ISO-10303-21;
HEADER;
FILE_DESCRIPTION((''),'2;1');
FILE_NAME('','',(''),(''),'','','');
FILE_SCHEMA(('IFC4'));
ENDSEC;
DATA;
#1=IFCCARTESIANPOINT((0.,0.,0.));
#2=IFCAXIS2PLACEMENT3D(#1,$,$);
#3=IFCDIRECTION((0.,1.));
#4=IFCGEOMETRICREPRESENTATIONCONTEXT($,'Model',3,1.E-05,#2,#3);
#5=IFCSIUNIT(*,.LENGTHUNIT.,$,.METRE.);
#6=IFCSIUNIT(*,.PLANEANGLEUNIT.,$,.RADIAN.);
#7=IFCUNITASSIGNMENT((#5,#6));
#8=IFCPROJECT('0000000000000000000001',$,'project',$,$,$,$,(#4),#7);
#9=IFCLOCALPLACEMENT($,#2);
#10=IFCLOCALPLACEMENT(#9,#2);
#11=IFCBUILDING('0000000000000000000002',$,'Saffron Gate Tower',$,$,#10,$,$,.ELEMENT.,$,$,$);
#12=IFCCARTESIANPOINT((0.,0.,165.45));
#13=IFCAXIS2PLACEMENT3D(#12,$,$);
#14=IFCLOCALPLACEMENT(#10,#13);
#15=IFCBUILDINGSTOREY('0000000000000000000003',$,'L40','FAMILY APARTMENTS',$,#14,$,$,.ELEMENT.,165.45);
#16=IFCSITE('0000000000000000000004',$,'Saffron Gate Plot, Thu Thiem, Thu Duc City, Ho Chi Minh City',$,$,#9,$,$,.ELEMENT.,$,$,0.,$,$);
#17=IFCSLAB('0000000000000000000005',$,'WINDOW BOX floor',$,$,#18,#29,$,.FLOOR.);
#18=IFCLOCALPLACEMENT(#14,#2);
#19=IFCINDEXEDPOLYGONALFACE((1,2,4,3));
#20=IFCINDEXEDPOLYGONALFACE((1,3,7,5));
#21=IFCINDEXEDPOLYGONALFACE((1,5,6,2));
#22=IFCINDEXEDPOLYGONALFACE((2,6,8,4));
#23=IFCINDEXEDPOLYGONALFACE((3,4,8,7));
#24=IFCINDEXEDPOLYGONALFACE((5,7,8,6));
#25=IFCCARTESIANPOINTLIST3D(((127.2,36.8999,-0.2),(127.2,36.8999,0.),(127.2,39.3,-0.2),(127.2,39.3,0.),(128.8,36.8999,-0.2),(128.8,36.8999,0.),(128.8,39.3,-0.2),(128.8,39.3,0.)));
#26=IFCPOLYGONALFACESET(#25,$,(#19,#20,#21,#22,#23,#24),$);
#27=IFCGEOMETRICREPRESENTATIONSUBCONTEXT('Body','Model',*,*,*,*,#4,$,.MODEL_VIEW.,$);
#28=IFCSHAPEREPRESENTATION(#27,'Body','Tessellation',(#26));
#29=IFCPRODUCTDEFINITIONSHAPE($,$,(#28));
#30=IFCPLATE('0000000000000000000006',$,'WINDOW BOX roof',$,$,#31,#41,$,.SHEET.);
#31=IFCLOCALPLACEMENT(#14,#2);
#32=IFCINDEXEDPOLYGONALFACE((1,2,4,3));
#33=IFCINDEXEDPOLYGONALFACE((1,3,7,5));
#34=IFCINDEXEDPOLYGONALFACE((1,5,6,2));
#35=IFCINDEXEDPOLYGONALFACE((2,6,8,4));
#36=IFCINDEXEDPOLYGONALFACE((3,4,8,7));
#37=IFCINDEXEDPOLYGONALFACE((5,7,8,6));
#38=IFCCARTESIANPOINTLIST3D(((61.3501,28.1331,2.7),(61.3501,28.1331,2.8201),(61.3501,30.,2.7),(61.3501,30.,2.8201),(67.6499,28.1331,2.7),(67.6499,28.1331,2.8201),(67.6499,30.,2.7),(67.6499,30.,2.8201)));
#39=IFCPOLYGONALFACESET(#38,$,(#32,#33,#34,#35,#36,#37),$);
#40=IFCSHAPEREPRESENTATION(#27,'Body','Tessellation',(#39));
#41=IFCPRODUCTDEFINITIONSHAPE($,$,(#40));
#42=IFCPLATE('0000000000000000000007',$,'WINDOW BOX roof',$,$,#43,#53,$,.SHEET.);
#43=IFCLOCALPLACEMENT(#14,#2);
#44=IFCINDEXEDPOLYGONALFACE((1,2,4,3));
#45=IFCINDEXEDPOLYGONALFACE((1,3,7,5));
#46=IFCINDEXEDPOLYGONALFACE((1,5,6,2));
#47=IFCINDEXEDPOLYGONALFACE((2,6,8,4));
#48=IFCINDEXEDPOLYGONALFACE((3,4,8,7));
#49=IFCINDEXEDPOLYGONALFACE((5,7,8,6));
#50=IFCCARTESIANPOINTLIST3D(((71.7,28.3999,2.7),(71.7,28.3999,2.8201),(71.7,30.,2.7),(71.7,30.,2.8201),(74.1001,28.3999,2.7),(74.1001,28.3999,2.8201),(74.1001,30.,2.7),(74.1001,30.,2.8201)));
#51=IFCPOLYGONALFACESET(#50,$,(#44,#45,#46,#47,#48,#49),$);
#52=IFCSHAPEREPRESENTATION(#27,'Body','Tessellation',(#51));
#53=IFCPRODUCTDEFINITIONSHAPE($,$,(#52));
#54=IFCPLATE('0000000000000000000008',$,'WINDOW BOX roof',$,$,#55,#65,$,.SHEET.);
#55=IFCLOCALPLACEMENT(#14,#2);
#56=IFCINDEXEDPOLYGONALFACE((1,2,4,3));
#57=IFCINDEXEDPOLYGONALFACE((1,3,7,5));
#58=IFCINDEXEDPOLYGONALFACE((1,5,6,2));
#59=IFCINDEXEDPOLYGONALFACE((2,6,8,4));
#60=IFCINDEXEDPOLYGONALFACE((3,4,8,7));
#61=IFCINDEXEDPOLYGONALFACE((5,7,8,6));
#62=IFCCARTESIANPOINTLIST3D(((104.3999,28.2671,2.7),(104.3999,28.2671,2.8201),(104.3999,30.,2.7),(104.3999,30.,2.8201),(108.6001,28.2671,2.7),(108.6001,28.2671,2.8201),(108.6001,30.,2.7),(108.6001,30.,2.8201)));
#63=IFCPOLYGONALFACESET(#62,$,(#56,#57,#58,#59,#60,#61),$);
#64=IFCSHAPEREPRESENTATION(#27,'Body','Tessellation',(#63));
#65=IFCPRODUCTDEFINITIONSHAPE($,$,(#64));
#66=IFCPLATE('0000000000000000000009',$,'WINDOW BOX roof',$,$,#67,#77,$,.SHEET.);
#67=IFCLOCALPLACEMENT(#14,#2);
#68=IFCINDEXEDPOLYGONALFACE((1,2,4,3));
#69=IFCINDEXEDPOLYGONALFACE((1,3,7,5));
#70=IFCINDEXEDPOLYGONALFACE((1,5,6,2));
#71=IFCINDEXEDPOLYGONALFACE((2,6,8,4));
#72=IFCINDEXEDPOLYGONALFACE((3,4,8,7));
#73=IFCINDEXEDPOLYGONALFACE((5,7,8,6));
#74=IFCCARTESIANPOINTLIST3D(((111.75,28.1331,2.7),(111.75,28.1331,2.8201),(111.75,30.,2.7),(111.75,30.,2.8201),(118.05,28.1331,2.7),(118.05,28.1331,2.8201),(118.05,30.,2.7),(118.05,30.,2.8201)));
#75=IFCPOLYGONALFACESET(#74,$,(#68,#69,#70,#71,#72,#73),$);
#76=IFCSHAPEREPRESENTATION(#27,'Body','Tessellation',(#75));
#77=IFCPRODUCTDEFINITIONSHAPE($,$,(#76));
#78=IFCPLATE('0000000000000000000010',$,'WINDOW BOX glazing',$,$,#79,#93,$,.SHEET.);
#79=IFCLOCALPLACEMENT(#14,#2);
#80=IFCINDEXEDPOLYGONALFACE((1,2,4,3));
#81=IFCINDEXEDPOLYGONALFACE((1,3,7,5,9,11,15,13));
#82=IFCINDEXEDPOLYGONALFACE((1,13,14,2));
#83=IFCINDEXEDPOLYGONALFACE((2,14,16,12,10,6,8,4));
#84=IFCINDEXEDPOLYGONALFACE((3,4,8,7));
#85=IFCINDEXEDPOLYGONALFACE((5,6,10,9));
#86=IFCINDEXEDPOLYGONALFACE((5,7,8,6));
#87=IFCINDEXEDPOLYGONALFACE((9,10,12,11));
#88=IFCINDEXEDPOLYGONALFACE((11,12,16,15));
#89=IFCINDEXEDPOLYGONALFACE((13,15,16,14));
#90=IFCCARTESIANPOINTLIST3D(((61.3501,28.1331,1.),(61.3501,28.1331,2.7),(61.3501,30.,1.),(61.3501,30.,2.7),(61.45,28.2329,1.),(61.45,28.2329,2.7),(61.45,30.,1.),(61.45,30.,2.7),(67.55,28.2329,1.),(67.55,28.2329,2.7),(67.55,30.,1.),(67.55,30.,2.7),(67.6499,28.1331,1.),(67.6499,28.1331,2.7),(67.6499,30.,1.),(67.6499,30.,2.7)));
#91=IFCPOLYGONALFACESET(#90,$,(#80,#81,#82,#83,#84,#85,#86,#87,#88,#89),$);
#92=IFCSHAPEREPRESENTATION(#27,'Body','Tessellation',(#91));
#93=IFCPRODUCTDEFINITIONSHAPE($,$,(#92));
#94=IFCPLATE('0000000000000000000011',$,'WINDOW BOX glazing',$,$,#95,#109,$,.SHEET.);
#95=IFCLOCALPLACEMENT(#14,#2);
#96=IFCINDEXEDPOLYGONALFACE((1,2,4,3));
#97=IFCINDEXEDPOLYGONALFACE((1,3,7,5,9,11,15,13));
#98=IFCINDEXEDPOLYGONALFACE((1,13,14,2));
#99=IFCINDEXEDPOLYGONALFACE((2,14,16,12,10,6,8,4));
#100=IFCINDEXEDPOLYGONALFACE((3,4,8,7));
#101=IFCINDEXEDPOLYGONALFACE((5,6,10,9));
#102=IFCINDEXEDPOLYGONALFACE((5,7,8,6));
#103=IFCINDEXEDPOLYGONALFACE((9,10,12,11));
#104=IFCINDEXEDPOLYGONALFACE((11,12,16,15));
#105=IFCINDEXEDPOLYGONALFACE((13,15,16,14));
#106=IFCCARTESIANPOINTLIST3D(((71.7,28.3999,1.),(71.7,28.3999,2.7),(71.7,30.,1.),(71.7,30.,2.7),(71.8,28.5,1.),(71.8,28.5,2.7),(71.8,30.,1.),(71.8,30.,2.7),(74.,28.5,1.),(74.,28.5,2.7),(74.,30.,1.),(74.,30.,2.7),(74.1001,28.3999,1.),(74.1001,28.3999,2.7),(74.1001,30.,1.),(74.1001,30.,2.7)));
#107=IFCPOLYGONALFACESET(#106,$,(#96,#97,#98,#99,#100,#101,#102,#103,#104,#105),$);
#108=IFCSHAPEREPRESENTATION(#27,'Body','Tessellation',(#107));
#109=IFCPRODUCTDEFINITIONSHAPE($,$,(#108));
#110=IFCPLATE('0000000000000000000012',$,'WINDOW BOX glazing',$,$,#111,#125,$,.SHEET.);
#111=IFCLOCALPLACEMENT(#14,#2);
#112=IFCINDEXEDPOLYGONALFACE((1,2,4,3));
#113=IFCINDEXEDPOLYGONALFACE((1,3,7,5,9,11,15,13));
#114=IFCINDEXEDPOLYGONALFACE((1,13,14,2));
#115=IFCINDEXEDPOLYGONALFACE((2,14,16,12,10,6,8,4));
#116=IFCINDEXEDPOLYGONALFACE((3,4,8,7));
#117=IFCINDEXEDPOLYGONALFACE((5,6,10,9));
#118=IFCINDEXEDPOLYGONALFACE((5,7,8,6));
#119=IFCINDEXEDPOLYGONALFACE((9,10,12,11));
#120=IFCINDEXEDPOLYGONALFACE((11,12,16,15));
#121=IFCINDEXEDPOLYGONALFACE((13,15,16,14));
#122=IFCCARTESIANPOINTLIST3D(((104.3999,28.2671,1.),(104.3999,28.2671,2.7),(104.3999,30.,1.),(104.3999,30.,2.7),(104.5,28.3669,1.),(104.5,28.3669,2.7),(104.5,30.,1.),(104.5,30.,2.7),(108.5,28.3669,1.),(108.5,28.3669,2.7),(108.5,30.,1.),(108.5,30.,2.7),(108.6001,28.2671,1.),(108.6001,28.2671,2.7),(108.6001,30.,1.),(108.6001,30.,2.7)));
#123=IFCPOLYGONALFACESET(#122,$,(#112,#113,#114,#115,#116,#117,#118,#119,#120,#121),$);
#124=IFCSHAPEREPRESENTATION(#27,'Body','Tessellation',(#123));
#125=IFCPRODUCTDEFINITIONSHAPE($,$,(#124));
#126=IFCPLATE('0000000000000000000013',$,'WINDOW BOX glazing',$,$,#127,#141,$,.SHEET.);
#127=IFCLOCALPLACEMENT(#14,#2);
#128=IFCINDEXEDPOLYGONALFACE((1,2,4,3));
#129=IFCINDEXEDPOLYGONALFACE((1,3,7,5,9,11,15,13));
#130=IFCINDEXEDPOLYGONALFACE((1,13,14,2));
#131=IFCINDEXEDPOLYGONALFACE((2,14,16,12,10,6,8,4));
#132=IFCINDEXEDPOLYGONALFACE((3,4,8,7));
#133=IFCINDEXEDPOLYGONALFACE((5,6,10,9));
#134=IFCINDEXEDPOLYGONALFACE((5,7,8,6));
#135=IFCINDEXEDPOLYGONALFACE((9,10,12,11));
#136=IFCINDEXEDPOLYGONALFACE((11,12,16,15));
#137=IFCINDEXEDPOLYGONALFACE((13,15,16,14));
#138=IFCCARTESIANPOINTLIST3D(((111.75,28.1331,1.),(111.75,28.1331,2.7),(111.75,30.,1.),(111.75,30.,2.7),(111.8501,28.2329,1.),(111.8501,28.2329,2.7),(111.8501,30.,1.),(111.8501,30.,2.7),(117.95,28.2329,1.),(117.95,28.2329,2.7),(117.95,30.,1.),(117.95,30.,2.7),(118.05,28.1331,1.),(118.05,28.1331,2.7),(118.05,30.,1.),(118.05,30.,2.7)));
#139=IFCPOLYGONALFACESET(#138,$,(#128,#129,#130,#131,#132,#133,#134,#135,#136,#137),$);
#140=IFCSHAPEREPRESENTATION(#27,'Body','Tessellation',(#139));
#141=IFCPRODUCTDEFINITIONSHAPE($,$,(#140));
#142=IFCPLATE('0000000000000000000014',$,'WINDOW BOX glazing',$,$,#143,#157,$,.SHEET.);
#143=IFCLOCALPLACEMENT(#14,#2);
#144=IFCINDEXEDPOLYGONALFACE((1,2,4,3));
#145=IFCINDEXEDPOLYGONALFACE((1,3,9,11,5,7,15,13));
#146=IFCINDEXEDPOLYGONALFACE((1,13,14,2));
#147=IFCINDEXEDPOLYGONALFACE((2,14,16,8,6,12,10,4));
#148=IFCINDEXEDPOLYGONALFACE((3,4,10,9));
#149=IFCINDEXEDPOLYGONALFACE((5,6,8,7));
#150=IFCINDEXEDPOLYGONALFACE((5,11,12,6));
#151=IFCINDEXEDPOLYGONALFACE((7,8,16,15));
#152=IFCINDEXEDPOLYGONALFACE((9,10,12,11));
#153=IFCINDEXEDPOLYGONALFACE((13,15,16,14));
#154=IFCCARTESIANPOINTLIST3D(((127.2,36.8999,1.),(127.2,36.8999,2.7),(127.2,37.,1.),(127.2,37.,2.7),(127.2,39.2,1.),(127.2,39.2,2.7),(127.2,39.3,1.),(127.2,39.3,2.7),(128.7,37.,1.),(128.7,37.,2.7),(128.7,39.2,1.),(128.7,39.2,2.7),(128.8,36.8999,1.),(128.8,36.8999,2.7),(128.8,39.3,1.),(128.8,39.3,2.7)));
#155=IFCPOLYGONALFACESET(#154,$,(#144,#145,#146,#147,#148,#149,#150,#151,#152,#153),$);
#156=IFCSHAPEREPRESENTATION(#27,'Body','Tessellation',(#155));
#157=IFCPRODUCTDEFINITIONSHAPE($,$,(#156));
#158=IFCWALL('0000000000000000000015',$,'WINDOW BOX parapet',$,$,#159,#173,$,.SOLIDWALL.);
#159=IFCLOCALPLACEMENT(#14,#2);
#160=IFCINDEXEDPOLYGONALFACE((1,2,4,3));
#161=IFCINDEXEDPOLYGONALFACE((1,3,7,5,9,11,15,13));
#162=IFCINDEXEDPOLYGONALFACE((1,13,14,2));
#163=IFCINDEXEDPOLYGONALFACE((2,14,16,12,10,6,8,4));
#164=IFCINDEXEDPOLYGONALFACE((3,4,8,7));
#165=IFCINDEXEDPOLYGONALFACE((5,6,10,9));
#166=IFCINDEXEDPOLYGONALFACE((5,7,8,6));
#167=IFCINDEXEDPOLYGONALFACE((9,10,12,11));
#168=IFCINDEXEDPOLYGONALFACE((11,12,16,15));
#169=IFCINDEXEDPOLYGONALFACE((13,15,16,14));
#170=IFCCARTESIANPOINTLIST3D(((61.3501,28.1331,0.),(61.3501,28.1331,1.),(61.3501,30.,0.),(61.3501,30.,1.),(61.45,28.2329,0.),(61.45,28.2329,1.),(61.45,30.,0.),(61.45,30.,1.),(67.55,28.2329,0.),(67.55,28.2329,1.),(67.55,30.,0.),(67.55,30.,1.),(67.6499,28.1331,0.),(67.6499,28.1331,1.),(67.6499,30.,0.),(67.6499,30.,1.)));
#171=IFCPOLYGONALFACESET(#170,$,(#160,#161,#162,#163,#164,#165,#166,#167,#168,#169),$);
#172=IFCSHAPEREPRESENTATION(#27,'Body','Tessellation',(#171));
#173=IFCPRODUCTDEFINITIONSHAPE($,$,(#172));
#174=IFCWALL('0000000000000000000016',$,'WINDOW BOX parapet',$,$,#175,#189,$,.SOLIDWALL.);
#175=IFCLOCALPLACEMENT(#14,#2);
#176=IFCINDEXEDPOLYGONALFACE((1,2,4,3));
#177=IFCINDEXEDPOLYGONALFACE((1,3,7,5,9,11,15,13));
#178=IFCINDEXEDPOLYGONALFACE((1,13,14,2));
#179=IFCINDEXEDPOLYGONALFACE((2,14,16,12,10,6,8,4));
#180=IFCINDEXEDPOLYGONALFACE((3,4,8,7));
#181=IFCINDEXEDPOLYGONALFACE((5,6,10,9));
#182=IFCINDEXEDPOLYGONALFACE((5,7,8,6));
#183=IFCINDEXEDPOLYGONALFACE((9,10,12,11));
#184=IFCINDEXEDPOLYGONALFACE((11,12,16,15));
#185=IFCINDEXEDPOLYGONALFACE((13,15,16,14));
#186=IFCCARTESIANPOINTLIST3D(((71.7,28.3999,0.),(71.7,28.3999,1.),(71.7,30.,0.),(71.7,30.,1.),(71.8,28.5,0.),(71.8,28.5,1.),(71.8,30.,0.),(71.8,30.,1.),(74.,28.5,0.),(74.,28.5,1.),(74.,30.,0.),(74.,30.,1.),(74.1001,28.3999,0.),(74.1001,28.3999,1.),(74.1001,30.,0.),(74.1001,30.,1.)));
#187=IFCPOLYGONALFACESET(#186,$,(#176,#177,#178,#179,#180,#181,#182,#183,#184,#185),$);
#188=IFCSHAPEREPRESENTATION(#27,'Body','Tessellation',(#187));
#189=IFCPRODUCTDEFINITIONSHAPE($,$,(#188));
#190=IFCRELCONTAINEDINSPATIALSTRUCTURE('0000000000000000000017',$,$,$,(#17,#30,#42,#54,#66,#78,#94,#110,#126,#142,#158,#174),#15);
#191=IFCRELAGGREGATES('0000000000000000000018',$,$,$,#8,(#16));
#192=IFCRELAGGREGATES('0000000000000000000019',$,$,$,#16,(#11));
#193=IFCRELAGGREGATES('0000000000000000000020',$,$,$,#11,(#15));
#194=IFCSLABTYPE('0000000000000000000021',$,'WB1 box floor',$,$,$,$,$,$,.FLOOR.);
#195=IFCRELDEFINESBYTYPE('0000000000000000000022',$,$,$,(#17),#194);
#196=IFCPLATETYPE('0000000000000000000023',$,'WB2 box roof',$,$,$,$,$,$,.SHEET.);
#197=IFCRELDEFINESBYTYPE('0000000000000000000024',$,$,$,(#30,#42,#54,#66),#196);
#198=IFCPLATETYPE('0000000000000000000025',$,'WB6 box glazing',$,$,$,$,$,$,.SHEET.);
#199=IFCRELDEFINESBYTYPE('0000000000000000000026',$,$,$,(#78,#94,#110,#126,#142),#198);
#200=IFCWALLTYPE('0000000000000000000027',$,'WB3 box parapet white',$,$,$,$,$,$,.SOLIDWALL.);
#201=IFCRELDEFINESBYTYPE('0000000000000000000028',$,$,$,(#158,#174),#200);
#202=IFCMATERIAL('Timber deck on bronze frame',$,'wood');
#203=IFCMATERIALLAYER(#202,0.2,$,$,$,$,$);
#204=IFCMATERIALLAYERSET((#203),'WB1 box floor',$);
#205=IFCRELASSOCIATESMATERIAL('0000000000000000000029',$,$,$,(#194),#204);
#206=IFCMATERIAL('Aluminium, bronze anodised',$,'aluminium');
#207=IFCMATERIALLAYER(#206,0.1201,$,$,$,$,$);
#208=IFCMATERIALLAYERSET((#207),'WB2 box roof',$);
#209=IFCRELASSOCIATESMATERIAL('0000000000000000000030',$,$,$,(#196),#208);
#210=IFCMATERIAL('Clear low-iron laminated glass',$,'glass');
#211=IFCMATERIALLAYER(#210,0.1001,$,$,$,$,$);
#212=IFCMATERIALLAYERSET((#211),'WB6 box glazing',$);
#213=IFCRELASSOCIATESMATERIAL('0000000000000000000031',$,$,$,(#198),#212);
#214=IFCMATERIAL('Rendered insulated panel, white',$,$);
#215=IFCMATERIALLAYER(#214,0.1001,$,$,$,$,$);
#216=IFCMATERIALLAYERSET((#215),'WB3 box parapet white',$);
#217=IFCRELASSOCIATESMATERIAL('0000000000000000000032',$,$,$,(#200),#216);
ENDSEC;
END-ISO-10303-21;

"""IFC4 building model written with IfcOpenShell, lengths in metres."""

from ifc_helpers import new_model, si_unit, direction, frame, origin, place, context, subcontext, project, spatial, polyline, outline, extrude, material, layer, layer_set, type_object, element, save


model = new_model("IFC4")

# Units and contexts
model_context = context("Model", 3, precision=1e-05, world=origin(), true_north=direction((0.0, 1.0)))
body_context = subcontext(model_context, "Body", "Model", "MODEL_VIEW")
ifc_project = project(units=[si_unit("LENGTHUNIT", "METRE"), si_unit("PLANEANGLEUNIT", "RADIAN")], contexts=[model_context])

# Site, building, storey
site_placement = place(None, origin())
site = spatial("IfcSite", under=ifc_project, at=site_placement, Name="Saffron Gate Plot, Thu Thiem, Thu Duc City, Ho Chi Minh City", CompositionType="ELEMENT", RefElevation=0.0)
building_placement = place(site_placement, origin())
building = spatial("IfcBuilding", under=site, at=building_placement, Name="Saffron Gate Tower", CompositionType="ELEMENT")
storey_placement = place(building_placement, frame((0.0, 0.0, 165.45)))
storey = spatial("IfcBuildingStorey", under=building, at=storey_placement, Name="L40", Description="FAMILY APARTMENTS", CompositionType="ELEMENT", Elevation=165.45)

# Slab
ifc_material_1 = material(Name="Timber deck on bronze frame", Category="wood")
ifc_layer_1 = layer(ifc_material_1, 0.2)
ifc_layer_set_1 = layer_set([ifc_layer_1], Name="WB1 box floor")
slab_type_1 = type_object("IfcSlabType", Name="WB1 box floor", PredefinedType="FLOOR", material=ifc_layer_set_1)
slab_1_placement = place(storey_placement, frame((0.0, 0.0, -0.2)))
element("IfcSlab", 1, at=slab_1_placement, inside=storey, type_object=slab_type_1, Name="WINDOW BOX floor", PredefinedType="FLOOR", context=body_context, shape_type="SweptSolid", body=[
    extrude(outline(polyline([(127.2, 36.8999), (127.2, 39.3), (128.8, 39.3), (128.8, 36.8999), (127.2, 36.8999)])), origin(), (0.0, 0.0, 1.0), 0.2),
])

# Plates
ifc_material_2 = material(Name="Aluminium, bronze anodised", Category="aluminium")
ifc_layer_2 = layer(ifc_material_2, 0.1201)
ifc_layer_set_2 = layer_set([ifc_layer_2], Name="WB2 box roof")
plate_type_1 = type_object("IfcPlateType", Name="WB2 box roof", PredefinedType="SHEET", material=ifc_layer_set_2)
plate_1_placement = place(storey_placement, frame((0.0, 0.0, 2.7)))
element("IfcPlate", 2, at=plate_1_placement, inside=storey, type_object=plate_type_1, Name="WINDOW BOX roof", PredefinedType="SHEET", context=body_context, shape_type="SweptSolid", body=[
    extrude(outline(polyline([(61.3501, 30.0), (67.6499, 30.0), (67.6499, 28.1331), (61.3501, 28.1331), (61.3501, 30.0)])), origin(), (0.0, 0.0, 1.0), 0.1201),
])
plate_2_placement = place(storey_placement, frame((0.0, 0.0, 2.7)))
element("IfcPlate", 3, at=plate_2_placement, inside=storey, type_object=plate_type_1, Name="WINDOW BOX roof", PredefinedType="SHEET", context=body_context, shape_type="SweptSolid", body=[
    extrude(outline(polyline([(71.7, 30.0), (74.1001, 30.0), (74.1001, 28.3999), (71.7, 28.3999), (71.7, 30.0)])), origin(), (0.0, 0.0, 1.0), 0.1201),
])
plate_3_placement = place(storey_placement, frame((0.0, 0.0, 2.7)))
element("IfcPlate", 4, at=plate_3_placement, inside=storey, type_object=plate_type_1, Name="WINDOW BOX roof", PredefinedType="SHEET", context=body_context, shape_type="SweptSolid", body=[
    extrude(outline(polyline([(104.3999, 30.0), (108.6001, 30.0), (108.6001, 28.2671), (104.3999, 28.2671), (104.3999, 30.0)])), origin(), (0.0, 0.0, 1.0), 0.1201),
])
plate_4_placement = place(storey_placement, frame((0.0, 0.0, 2.7)))
element("IfcPlate", 5, at=plate_4_placement, inside=storey, type_object=plate_type_1, Name="WINDOW BOX roof", PredefinedType="SHEET", context=body_context, shape_type="SweptSolid", body=[
    extrude(outline(polyline([(111.75, 30.0), (118.05, 30.0), (118.05, 28.1331), (111.75, 28.1331), (111.75, 30.0)])), origin(), (0.0, 0.0, 1.0), 0.1201),
])
ifc_material_3 = material(Name="Clear low-iron laminated glass", Category="glass")
ifc_layer_3 = layer(ifc_material_3, 0.1001)
ifc_layer_set_3 = layer_set([ifc_layer_3], Name="WB6 box glazing")
plate_type_2 = type_object("IfcPlateType", Name="WB6 box glazing", PredefinedType="SHEET", material=ifc_layer_set_3)
plate_5_placement = place(storey_placement, frame((0.0, 0.0, 1.0)))
element("IfcPlate", 6, at=plate_5_placement, inside=storey, type_object=plate_type_2, Name="WINDOW BOX glazing", PredefinedType="SHEET", context=body_context, shape_type="SweptSolid", body=[
    extrude(outline(polyline([(61.3501, 30.0), (61.45, 30.0), (61.45, 28.2329), (67.55, 28.2329), (67.55, 30.0), (67.6499, 30.0), (67.6499, 28.1331), (61.3501, 28.1331), (61.3501, 30.0)])), origin(), (0.0, 0.0, 1.0), 1.7),
])
plate_6_placement = place(storey_placement, frame((0.0, 0.0, 1.0)))
element("IfcPlate", 7, at=plate_6_placement, inside=storey, type_object=plate_type_2, Name="WINDOW BOX glazing", PredefinedType="SHEET", context=body_context, shape_type="SweptSolid", body=[
    extrude(outline(polyline([(71.7, 30.0), (71.8, 30.0), (71.8, 28.5), (74.0, 28.5), (74.0, 30.0), (74.1001, 30.0), (74.1001, 28.3999), (71.7, 28.3999), (71.7, 30.0)])), origin(), (0.0, 0.0, 1.0), 1.7),
])
plate_7_placement = place(storey_placement, frame((0.0, 0.0, 1.0)))
element("IfcPlate", 8, at=plate_7_placement, inside=storey, type_object=plate_type_2, Name="WINDOW BOX glazing", PredefinedType="SHEET", context=body_context, shape_type="SweptSolid", body=[
    extrude(outline(polyline([(104.3999, 30.0), (104.5, 30.0), (104.5, 28.3669), (108.5, 28.3669), (108.5, 30.0), (108.6001, 30.0), (108.6001, 28.2671), (104.3999, 28.2671), (104.3999, 30.0)])), origin(), (0.0, 0.0, 1.0), 1.7),
])
plate_8_placement = place(storey_placement, frame((0.0, 0.0, 1.0)))
element("IfcPlate", 9, at=plate_8_placement, inside=storey, type_object=plate_type_2, Name="WINDOW BOX glazing", PredefinedType="SHEET", context=body_context, shape_type="SweptSolid", body=[
    extrude(outline(polyline([(111.75, 30.0), (111.8501, 30.0), (111.8501, 28.2329), (117.95, 28.2329), (117.95, 30.0), (118.05, 30.0), (118.05, 28.1331), (111.75, 28.1331), (111.75, 30.0)])), origin(), (0.0, 0.0, 1.0), 1.7),
])
plate_9_placement = place(storey_placement, frame((0.0, 0.0, 1.0)))
element("IfcPlate", 10, at=plate_9_placement, inside=storey, type_object=plate_type_2, Name="WINDOW BOX glazing", PredefinedType="SHEET", context=body_context, shape_type="SweptSolid", body=[
    extrude(outline(polyline([(127.2, 36.8999), (127.2, 37.0), (128.7, 37.0), (128.7, 39.2), (127.2, 39.2), (127.2, 39.3), (128.8, 39.3), (128.8, 36.8999), (127.2, 36.8999)])), origin(), (0.0, 0.0, 1.0), 1.7),
])

# Walls
ifc_material_4 = material(Name="Rendered insulated panel, white")
ifc_layer_4 = layer(ifc_material_4, 0.1001)
ifc_layer_set_4 = layer_set([ifc_layer_4], Name="WB3 box parapet white")
wall_type = type_object("IfcWallType", Name="WB3 box parapet white", PredefinedType="SOLIDWALL", material=ifc_layer_set_4)
wall_1_placement = place(storey_placement, origin())
element("IfcWall", 11, at=wall_1_placement, inside=storey, type_object=wall_type, Name="WINDOW BOX parapet", PredefinedType="SOLIDWALL", context=body_context, shape_type="SweptSolid", body=[
    extrude(outline(polyline([(61.3501, 30.0), (61.45, 30.0), (61.45, 28.2329), (67.55, 28.2329), (67.55, 30.0), (67.6499, 30.0), (67.6499, 28.1331), (61.3501, 28.1331), (61.3501, 30.0)])), origin(), (0.0, 0.0, 1.0), 1.0),
])
wall_2_placement = place(storey_placement, origin())
element("IfcWall", 12, at=wall_2_placement, inside=storey, type_object=wall_type, Name="WINDOW BOX parapet", PredefinedType="SOLIDWALL", context=body_context, shape_type="SweptSolid", body=[
    extrude(outline(polyline([(71.7, 30.0), (71.8, 30.0), (71.8, 28.5), (74.0, 28.5), (74.0, 30.0), (74.1001, 30.0), (74.1001, 28.3999), (71.7, 28.3999), (71.7, 30.0)])), origin(), (0.0, 0.0, 1.0), 1.0),
])

save(model, "model.ifc")
